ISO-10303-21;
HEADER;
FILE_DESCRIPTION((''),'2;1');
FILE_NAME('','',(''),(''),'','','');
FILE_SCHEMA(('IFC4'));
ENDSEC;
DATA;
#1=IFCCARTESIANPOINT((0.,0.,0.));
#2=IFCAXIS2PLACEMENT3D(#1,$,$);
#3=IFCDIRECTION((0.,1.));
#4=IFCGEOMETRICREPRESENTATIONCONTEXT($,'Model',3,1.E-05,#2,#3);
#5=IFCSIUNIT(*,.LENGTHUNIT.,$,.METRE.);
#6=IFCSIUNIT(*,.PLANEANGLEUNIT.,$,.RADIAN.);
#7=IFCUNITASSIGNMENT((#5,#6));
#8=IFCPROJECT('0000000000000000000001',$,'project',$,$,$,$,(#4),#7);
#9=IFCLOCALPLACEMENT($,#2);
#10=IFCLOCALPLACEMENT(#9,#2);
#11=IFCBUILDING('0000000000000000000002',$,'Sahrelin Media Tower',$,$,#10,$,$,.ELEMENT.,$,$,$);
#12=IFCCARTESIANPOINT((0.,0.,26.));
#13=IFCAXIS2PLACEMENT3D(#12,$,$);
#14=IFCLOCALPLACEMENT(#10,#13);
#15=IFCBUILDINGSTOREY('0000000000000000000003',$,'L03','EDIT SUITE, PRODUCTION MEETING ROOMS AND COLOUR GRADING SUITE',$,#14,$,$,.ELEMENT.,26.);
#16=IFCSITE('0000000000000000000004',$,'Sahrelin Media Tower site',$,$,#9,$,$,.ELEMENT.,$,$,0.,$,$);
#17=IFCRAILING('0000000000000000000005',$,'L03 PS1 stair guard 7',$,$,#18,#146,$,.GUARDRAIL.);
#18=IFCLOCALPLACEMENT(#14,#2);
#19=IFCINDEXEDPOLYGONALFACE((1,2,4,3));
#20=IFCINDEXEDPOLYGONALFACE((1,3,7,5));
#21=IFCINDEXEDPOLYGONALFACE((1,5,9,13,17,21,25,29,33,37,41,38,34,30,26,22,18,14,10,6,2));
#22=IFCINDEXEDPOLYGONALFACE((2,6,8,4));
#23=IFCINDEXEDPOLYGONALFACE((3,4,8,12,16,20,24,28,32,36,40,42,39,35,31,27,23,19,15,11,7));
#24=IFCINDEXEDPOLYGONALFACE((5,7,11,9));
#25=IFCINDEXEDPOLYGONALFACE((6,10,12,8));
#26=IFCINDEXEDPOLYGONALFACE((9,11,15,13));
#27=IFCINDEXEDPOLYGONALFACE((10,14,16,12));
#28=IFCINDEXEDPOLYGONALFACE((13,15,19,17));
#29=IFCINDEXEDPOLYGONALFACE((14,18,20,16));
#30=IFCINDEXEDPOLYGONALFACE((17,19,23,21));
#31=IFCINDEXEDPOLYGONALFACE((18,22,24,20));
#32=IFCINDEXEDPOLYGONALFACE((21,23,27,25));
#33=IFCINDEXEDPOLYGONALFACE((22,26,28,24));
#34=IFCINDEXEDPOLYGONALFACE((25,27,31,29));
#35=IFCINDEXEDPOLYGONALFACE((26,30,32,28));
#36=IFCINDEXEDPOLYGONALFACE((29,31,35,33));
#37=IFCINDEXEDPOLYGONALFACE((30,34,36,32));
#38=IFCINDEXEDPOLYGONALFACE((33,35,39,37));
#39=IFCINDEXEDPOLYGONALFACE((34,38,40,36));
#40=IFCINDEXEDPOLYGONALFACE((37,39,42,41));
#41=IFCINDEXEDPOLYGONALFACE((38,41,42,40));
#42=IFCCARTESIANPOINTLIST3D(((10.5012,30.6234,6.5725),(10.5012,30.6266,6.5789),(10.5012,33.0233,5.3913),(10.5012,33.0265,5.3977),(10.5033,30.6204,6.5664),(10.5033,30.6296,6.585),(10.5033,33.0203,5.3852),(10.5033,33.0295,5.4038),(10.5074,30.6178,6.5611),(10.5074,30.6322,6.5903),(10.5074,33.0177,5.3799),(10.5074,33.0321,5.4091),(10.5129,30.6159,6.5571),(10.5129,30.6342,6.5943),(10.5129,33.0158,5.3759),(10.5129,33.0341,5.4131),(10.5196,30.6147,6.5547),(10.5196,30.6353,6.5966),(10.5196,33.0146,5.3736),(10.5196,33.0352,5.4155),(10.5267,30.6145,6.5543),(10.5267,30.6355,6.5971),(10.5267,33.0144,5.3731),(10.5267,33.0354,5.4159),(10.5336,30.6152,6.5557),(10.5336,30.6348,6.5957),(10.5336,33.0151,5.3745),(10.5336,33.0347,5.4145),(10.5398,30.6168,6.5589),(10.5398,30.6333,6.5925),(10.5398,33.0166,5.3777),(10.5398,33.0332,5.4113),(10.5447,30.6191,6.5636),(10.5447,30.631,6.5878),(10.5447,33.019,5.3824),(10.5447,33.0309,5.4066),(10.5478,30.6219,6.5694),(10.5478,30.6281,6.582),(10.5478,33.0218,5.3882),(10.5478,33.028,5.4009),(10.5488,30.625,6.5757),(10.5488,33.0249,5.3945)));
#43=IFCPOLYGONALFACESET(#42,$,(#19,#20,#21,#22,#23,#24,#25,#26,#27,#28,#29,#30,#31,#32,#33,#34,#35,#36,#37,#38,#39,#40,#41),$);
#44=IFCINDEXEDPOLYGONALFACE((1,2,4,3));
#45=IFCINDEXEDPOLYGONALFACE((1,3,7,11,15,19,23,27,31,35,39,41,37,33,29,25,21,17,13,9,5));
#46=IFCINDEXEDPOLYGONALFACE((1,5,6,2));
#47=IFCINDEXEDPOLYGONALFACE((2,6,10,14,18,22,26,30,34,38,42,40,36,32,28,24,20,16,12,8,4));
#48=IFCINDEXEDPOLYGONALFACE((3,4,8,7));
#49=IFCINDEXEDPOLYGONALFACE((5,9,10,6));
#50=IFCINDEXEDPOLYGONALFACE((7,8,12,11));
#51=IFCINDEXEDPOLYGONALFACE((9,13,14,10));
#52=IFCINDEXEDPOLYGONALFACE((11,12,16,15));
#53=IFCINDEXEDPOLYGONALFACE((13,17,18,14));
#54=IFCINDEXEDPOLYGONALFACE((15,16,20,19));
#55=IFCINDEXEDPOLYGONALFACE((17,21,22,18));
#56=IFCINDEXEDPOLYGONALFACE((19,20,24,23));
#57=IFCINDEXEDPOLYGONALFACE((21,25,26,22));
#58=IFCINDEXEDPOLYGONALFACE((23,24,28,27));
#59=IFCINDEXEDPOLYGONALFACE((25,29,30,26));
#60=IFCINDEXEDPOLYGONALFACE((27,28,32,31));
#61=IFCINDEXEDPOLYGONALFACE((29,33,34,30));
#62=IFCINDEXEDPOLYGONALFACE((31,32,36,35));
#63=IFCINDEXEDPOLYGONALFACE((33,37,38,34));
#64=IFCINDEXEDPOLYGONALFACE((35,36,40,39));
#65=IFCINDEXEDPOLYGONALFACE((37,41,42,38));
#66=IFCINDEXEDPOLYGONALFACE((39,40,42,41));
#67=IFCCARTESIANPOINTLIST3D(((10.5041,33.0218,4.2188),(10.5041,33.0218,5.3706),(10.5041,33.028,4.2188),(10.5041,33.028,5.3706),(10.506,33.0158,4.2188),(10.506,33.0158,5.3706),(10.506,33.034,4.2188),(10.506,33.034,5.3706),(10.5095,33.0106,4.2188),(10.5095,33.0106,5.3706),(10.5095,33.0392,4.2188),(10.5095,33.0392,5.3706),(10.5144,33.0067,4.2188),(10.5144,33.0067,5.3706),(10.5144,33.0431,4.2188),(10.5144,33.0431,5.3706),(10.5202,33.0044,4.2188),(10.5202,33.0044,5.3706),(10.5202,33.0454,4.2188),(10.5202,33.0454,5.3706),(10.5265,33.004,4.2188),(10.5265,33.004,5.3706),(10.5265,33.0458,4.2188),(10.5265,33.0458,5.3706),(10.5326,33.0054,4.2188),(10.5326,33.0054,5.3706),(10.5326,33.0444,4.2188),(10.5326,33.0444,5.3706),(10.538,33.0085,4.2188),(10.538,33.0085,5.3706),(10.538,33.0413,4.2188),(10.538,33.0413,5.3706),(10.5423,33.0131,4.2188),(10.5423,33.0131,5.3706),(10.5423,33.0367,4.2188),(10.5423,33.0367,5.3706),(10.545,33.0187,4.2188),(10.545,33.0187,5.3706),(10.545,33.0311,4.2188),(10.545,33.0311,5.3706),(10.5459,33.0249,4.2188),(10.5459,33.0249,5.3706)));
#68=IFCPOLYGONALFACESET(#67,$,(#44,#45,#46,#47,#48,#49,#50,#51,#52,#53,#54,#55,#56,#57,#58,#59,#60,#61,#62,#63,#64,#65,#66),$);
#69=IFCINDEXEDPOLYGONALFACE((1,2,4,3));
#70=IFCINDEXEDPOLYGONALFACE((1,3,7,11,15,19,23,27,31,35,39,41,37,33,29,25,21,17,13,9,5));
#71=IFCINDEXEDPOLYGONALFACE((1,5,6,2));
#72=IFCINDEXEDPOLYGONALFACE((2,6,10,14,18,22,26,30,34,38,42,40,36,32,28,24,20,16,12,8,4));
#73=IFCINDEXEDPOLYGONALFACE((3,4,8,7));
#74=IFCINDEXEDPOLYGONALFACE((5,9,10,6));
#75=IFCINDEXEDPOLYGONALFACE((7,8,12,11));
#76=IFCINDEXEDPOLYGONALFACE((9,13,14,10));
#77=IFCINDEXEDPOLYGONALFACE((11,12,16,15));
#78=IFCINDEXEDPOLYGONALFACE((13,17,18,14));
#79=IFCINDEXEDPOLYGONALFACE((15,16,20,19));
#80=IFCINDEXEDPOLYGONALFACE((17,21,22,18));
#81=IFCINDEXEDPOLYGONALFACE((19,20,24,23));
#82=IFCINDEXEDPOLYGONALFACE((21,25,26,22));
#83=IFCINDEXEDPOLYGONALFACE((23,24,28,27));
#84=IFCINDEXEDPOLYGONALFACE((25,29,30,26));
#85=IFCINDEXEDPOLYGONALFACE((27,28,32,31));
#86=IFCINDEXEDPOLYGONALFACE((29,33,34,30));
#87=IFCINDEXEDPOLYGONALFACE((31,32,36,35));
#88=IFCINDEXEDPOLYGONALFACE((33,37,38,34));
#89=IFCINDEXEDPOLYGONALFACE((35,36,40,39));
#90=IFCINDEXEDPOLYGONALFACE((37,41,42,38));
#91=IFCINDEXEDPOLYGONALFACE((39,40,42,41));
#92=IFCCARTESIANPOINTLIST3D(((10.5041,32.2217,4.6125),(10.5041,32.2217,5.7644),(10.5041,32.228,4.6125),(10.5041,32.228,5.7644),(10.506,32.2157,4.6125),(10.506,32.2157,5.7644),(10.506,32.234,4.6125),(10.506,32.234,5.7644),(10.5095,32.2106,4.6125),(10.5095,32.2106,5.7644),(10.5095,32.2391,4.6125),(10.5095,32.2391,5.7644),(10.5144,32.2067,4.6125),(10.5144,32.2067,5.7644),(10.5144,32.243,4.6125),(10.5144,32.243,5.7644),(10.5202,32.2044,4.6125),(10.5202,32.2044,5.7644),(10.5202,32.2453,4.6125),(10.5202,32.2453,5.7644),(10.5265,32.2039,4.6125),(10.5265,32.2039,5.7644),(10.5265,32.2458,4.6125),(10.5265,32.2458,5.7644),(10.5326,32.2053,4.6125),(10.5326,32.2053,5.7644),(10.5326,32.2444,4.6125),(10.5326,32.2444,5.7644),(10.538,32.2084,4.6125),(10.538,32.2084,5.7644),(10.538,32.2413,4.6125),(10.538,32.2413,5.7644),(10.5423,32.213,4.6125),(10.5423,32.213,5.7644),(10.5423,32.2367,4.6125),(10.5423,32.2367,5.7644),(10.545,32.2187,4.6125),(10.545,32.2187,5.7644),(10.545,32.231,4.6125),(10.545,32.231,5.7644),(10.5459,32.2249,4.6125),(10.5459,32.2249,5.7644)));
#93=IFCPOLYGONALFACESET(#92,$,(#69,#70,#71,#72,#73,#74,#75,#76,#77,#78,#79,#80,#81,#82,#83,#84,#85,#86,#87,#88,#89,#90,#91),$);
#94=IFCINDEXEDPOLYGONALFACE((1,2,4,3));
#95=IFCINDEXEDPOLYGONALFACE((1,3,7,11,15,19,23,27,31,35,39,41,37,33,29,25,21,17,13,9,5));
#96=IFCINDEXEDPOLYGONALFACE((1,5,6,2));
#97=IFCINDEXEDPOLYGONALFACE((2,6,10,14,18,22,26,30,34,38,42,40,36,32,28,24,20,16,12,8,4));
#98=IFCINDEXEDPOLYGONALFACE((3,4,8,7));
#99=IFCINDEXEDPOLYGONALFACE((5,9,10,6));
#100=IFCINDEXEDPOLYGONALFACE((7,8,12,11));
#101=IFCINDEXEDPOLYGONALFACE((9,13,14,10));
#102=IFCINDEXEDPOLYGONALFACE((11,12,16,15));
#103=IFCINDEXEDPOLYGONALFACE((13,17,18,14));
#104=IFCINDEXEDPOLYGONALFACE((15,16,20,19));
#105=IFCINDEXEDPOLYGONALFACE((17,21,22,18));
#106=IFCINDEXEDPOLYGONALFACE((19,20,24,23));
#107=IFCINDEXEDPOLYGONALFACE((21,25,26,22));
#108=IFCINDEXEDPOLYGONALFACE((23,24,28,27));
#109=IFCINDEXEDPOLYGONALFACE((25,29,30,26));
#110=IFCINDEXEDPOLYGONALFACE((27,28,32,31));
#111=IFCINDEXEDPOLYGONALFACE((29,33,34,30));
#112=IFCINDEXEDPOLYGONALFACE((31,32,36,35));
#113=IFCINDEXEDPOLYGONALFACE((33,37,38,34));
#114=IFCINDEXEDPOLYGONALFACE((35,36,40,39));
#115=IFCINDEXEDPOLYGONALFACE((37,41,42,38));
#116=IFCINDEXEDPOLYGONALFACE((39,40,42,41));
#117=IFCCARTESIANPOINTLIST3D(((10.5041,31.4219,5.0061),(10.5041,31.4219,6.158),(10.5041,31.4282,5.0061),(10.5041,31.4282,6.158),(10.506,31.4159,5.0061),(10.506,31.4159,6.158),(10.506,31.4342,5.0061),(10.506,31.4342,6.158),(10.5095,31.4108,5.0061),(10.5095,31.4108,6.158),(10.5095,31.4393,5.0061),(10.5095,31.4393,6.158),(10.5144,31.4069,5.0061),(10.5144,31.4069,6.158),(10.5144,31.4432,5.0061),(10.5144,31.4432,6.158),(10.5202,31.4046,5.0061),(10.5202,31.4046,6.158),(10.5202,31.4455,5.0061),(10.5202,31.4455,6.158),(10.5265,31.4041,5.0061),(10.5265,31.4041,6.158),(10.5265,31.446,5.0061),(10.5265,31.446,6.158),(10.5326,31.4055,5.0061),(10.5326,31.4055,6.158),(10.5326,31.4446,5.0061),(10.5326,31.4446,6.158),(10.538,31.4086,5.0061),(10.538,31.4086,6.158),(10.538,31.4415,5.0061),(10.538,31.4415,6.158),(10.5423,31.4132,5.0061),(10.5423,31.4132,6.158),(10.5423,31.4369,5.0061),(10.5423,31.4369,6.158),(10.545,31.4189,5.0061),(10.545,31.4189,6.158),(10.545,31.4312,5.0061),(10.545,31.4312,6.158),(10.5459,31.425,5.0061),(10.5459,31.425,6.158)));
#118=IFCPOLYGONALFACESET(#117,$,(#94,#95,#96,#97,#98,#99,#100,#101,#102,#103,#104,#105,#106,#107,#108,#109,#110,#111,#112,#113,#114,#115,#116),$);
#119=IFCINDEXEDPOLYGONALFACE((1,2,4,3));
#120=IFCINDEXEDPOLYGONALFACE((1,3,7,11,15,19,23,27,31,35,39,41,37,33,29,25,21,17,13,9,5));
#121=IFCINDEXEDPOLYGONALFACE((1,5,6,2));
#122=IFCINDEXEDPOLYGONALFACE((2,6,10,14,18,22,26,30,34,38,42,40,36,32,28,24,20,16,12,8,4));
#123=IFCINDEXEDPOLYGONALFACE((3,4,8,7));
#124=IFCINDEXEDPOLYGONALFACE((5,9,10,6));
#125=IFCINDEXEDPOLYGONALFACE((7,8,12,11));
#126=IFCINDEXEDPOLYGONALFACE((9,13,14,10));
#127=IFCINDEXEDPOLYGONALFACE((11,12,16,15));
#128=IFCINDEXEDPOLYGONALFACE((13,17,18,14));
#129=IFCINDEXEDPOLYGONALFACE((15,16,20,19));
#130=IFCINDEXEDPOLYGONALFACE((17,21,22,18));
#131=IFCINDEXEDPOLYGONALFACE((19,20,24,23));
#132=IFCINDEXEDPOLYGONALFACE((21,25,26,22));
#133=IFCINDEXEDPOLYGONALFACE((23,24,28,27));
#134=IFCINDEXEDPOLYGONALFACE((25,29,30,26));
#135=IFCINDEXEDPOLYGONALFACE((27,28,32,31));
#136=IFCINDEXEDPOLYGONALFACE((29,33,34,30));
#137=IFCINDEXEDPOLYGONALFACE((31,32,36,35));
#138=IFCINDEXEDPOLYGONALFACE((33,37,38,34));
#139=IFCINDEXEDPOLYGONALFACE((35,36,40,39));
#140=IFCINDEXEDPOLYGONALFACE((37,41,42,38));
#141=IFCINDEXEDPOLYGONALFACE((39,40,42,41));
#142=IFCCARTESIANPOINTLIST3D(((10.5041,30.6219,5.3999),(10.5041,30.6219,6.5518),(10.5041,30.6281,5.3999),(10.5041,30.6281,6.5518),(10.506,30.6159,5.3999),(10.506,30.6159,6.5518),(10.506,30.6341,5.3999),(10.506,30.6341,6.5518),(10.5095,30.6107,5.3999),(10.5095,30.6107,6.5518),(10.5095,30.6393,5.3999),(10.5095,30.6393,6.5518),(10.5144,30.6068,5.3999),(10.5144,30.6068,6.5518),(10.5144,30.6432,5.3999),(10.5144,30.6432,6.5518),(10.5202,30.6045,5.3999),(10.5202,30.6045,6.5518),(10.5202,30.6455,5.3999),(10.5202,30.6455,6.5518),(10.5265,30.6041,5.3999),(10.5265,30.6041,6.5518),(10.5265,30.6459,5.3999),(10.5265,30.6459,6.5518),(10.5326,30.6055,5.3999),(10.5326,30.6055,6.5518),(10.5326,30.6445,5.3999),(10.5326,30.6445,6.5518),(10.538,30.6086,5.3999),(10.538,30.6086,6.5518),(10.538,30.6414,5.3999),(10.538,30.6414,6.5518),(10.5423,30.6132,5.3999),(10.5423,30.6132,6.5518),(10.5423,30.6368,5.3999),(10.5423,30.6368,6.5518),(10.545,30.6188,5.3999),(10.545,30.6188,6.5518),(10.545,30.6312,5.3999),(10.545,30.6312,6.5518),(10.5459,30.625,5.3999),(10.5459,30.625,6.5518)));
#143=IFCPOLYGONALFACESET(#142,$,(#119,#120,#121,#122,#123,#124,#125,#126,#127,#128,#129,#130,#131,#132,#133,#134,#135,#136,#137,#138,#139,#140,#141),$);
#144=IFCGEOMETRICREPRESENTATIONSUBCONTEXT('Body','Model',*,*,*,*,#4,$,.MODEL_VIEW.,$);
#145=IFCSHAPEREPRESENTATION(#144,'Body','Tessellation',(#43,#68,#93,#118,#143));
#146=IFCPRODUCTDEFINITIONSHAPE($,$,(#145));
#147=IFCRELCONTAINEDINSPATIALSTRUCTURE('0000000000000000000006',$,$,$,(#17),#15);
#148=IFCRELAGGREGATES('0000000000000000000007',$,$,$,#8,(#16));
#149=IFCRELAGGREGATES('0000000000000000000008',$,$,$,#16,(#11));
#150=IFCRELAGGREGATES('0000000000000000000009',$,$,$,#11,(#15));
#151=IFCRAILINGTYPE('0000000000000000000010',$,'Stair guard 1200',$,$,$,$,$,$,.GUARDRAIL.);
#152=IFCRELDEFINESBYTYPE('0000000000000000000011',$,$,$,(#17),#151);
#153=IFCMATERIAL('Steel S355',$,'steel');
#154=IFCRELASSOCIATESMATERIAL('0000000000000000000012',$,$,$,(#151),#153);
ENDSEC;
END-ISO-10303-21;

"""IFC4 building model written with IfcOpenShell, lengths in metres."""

from ifc_helpers import new_model, si_unit, direction, frame, origin, origin_2d, place, context, subcontext, project, spatial, circle, extrude, material, type_object, element, save


model = new_model("IFC4")

# Units and contexts
model_context = context("Model", 3, precision=1e-05, world=origin(), true_north=direction((0.0, 1.0)))
body_context = subcontext(model_context, "Body", "Model", "MODEL_VIEW")
ifc_project = project(units=[si_unit("LENGTHUNIT", "METRE"), si_unit("PLANEANGLEUNIT", "RADIAN")], contexts=[model_context])

# Site, building, storey
site_placement = place(None, origin())
site = spatial("IfcSite", under=ifc_project, at=site_placement, Name="Sahrelin Media Tower site", CompositionType="ELEMENT", RefElevation=0.0)
building_placement = place(site_placement, origin())
building = spatial("IfcBuilding", under=site, at=building_placement, Name="Sahrelin Media Tower", CompositionType="ELEMENT")
storey_placement = place(building_placement, frame((0.0, 0.0, 26.0)))
storey = spatial("IfcBuildingStorey", under=building, at=storey_placement, Name="L03", Description="EDIT SUITE, PRODUCTION MEETING ROOMS AND COLOUR GRADING SUITE", CompositionType="ELEMENT", Elevation=26.0)

# Shared definitions
ifc_material_1 = material(Name="Steel S355", Category="steel")

# Railing
railing_type_1 = type_object("IfcRailingType", Name="Stair guard 1200", PredefinedType="GUARDRAIL", material=ifc_material_1)
railing_1_placement = place(storey_placement, frame((10.5249, 33.0249, 4.2188)))
element("IfcRailing", 1, at=railing_1_placement, inside=storey, type_object=railing_type_1, Name="L03 PS1 stair guard 7", PredefinedType="GUARDRAIL", context=body_context, shape_type="SweptSolid", body=[
    extrude(circle(Radius=0.0239, at=origin_2d()), frame((0.0, 0.0, 1.1758), z_axis=(0.0, -0.897221, 0.441582), x_axis=(1.0, 0.0, 0.0)), (0.0, 0.0, 1.0), 2.6748),
    extrude(circle(Radius=0.021, at=origin_2d()), origin(), (0.0, 0.0, 1.0), 1.1519),
    extrude(circle(Radius=0.021, at=origin_2d()), frame((0.0, -0.8, 0.3938)), (0.0, 0.0, 1.0), 1.1519),
    extrude(circle(Radius=0.021, at=origin_2d()), frame((0.0, -1.5999, 0.7874)), (0.0, 0.0, 1.0), 1.1519),
    extrude(circle(Radius=0.021, at=origin_2d()), frame((0.0, -2.3999, 1.1812)), (0.0, 0.0, 1.0), 1.1519),
])

save(model, "model.ifc")
